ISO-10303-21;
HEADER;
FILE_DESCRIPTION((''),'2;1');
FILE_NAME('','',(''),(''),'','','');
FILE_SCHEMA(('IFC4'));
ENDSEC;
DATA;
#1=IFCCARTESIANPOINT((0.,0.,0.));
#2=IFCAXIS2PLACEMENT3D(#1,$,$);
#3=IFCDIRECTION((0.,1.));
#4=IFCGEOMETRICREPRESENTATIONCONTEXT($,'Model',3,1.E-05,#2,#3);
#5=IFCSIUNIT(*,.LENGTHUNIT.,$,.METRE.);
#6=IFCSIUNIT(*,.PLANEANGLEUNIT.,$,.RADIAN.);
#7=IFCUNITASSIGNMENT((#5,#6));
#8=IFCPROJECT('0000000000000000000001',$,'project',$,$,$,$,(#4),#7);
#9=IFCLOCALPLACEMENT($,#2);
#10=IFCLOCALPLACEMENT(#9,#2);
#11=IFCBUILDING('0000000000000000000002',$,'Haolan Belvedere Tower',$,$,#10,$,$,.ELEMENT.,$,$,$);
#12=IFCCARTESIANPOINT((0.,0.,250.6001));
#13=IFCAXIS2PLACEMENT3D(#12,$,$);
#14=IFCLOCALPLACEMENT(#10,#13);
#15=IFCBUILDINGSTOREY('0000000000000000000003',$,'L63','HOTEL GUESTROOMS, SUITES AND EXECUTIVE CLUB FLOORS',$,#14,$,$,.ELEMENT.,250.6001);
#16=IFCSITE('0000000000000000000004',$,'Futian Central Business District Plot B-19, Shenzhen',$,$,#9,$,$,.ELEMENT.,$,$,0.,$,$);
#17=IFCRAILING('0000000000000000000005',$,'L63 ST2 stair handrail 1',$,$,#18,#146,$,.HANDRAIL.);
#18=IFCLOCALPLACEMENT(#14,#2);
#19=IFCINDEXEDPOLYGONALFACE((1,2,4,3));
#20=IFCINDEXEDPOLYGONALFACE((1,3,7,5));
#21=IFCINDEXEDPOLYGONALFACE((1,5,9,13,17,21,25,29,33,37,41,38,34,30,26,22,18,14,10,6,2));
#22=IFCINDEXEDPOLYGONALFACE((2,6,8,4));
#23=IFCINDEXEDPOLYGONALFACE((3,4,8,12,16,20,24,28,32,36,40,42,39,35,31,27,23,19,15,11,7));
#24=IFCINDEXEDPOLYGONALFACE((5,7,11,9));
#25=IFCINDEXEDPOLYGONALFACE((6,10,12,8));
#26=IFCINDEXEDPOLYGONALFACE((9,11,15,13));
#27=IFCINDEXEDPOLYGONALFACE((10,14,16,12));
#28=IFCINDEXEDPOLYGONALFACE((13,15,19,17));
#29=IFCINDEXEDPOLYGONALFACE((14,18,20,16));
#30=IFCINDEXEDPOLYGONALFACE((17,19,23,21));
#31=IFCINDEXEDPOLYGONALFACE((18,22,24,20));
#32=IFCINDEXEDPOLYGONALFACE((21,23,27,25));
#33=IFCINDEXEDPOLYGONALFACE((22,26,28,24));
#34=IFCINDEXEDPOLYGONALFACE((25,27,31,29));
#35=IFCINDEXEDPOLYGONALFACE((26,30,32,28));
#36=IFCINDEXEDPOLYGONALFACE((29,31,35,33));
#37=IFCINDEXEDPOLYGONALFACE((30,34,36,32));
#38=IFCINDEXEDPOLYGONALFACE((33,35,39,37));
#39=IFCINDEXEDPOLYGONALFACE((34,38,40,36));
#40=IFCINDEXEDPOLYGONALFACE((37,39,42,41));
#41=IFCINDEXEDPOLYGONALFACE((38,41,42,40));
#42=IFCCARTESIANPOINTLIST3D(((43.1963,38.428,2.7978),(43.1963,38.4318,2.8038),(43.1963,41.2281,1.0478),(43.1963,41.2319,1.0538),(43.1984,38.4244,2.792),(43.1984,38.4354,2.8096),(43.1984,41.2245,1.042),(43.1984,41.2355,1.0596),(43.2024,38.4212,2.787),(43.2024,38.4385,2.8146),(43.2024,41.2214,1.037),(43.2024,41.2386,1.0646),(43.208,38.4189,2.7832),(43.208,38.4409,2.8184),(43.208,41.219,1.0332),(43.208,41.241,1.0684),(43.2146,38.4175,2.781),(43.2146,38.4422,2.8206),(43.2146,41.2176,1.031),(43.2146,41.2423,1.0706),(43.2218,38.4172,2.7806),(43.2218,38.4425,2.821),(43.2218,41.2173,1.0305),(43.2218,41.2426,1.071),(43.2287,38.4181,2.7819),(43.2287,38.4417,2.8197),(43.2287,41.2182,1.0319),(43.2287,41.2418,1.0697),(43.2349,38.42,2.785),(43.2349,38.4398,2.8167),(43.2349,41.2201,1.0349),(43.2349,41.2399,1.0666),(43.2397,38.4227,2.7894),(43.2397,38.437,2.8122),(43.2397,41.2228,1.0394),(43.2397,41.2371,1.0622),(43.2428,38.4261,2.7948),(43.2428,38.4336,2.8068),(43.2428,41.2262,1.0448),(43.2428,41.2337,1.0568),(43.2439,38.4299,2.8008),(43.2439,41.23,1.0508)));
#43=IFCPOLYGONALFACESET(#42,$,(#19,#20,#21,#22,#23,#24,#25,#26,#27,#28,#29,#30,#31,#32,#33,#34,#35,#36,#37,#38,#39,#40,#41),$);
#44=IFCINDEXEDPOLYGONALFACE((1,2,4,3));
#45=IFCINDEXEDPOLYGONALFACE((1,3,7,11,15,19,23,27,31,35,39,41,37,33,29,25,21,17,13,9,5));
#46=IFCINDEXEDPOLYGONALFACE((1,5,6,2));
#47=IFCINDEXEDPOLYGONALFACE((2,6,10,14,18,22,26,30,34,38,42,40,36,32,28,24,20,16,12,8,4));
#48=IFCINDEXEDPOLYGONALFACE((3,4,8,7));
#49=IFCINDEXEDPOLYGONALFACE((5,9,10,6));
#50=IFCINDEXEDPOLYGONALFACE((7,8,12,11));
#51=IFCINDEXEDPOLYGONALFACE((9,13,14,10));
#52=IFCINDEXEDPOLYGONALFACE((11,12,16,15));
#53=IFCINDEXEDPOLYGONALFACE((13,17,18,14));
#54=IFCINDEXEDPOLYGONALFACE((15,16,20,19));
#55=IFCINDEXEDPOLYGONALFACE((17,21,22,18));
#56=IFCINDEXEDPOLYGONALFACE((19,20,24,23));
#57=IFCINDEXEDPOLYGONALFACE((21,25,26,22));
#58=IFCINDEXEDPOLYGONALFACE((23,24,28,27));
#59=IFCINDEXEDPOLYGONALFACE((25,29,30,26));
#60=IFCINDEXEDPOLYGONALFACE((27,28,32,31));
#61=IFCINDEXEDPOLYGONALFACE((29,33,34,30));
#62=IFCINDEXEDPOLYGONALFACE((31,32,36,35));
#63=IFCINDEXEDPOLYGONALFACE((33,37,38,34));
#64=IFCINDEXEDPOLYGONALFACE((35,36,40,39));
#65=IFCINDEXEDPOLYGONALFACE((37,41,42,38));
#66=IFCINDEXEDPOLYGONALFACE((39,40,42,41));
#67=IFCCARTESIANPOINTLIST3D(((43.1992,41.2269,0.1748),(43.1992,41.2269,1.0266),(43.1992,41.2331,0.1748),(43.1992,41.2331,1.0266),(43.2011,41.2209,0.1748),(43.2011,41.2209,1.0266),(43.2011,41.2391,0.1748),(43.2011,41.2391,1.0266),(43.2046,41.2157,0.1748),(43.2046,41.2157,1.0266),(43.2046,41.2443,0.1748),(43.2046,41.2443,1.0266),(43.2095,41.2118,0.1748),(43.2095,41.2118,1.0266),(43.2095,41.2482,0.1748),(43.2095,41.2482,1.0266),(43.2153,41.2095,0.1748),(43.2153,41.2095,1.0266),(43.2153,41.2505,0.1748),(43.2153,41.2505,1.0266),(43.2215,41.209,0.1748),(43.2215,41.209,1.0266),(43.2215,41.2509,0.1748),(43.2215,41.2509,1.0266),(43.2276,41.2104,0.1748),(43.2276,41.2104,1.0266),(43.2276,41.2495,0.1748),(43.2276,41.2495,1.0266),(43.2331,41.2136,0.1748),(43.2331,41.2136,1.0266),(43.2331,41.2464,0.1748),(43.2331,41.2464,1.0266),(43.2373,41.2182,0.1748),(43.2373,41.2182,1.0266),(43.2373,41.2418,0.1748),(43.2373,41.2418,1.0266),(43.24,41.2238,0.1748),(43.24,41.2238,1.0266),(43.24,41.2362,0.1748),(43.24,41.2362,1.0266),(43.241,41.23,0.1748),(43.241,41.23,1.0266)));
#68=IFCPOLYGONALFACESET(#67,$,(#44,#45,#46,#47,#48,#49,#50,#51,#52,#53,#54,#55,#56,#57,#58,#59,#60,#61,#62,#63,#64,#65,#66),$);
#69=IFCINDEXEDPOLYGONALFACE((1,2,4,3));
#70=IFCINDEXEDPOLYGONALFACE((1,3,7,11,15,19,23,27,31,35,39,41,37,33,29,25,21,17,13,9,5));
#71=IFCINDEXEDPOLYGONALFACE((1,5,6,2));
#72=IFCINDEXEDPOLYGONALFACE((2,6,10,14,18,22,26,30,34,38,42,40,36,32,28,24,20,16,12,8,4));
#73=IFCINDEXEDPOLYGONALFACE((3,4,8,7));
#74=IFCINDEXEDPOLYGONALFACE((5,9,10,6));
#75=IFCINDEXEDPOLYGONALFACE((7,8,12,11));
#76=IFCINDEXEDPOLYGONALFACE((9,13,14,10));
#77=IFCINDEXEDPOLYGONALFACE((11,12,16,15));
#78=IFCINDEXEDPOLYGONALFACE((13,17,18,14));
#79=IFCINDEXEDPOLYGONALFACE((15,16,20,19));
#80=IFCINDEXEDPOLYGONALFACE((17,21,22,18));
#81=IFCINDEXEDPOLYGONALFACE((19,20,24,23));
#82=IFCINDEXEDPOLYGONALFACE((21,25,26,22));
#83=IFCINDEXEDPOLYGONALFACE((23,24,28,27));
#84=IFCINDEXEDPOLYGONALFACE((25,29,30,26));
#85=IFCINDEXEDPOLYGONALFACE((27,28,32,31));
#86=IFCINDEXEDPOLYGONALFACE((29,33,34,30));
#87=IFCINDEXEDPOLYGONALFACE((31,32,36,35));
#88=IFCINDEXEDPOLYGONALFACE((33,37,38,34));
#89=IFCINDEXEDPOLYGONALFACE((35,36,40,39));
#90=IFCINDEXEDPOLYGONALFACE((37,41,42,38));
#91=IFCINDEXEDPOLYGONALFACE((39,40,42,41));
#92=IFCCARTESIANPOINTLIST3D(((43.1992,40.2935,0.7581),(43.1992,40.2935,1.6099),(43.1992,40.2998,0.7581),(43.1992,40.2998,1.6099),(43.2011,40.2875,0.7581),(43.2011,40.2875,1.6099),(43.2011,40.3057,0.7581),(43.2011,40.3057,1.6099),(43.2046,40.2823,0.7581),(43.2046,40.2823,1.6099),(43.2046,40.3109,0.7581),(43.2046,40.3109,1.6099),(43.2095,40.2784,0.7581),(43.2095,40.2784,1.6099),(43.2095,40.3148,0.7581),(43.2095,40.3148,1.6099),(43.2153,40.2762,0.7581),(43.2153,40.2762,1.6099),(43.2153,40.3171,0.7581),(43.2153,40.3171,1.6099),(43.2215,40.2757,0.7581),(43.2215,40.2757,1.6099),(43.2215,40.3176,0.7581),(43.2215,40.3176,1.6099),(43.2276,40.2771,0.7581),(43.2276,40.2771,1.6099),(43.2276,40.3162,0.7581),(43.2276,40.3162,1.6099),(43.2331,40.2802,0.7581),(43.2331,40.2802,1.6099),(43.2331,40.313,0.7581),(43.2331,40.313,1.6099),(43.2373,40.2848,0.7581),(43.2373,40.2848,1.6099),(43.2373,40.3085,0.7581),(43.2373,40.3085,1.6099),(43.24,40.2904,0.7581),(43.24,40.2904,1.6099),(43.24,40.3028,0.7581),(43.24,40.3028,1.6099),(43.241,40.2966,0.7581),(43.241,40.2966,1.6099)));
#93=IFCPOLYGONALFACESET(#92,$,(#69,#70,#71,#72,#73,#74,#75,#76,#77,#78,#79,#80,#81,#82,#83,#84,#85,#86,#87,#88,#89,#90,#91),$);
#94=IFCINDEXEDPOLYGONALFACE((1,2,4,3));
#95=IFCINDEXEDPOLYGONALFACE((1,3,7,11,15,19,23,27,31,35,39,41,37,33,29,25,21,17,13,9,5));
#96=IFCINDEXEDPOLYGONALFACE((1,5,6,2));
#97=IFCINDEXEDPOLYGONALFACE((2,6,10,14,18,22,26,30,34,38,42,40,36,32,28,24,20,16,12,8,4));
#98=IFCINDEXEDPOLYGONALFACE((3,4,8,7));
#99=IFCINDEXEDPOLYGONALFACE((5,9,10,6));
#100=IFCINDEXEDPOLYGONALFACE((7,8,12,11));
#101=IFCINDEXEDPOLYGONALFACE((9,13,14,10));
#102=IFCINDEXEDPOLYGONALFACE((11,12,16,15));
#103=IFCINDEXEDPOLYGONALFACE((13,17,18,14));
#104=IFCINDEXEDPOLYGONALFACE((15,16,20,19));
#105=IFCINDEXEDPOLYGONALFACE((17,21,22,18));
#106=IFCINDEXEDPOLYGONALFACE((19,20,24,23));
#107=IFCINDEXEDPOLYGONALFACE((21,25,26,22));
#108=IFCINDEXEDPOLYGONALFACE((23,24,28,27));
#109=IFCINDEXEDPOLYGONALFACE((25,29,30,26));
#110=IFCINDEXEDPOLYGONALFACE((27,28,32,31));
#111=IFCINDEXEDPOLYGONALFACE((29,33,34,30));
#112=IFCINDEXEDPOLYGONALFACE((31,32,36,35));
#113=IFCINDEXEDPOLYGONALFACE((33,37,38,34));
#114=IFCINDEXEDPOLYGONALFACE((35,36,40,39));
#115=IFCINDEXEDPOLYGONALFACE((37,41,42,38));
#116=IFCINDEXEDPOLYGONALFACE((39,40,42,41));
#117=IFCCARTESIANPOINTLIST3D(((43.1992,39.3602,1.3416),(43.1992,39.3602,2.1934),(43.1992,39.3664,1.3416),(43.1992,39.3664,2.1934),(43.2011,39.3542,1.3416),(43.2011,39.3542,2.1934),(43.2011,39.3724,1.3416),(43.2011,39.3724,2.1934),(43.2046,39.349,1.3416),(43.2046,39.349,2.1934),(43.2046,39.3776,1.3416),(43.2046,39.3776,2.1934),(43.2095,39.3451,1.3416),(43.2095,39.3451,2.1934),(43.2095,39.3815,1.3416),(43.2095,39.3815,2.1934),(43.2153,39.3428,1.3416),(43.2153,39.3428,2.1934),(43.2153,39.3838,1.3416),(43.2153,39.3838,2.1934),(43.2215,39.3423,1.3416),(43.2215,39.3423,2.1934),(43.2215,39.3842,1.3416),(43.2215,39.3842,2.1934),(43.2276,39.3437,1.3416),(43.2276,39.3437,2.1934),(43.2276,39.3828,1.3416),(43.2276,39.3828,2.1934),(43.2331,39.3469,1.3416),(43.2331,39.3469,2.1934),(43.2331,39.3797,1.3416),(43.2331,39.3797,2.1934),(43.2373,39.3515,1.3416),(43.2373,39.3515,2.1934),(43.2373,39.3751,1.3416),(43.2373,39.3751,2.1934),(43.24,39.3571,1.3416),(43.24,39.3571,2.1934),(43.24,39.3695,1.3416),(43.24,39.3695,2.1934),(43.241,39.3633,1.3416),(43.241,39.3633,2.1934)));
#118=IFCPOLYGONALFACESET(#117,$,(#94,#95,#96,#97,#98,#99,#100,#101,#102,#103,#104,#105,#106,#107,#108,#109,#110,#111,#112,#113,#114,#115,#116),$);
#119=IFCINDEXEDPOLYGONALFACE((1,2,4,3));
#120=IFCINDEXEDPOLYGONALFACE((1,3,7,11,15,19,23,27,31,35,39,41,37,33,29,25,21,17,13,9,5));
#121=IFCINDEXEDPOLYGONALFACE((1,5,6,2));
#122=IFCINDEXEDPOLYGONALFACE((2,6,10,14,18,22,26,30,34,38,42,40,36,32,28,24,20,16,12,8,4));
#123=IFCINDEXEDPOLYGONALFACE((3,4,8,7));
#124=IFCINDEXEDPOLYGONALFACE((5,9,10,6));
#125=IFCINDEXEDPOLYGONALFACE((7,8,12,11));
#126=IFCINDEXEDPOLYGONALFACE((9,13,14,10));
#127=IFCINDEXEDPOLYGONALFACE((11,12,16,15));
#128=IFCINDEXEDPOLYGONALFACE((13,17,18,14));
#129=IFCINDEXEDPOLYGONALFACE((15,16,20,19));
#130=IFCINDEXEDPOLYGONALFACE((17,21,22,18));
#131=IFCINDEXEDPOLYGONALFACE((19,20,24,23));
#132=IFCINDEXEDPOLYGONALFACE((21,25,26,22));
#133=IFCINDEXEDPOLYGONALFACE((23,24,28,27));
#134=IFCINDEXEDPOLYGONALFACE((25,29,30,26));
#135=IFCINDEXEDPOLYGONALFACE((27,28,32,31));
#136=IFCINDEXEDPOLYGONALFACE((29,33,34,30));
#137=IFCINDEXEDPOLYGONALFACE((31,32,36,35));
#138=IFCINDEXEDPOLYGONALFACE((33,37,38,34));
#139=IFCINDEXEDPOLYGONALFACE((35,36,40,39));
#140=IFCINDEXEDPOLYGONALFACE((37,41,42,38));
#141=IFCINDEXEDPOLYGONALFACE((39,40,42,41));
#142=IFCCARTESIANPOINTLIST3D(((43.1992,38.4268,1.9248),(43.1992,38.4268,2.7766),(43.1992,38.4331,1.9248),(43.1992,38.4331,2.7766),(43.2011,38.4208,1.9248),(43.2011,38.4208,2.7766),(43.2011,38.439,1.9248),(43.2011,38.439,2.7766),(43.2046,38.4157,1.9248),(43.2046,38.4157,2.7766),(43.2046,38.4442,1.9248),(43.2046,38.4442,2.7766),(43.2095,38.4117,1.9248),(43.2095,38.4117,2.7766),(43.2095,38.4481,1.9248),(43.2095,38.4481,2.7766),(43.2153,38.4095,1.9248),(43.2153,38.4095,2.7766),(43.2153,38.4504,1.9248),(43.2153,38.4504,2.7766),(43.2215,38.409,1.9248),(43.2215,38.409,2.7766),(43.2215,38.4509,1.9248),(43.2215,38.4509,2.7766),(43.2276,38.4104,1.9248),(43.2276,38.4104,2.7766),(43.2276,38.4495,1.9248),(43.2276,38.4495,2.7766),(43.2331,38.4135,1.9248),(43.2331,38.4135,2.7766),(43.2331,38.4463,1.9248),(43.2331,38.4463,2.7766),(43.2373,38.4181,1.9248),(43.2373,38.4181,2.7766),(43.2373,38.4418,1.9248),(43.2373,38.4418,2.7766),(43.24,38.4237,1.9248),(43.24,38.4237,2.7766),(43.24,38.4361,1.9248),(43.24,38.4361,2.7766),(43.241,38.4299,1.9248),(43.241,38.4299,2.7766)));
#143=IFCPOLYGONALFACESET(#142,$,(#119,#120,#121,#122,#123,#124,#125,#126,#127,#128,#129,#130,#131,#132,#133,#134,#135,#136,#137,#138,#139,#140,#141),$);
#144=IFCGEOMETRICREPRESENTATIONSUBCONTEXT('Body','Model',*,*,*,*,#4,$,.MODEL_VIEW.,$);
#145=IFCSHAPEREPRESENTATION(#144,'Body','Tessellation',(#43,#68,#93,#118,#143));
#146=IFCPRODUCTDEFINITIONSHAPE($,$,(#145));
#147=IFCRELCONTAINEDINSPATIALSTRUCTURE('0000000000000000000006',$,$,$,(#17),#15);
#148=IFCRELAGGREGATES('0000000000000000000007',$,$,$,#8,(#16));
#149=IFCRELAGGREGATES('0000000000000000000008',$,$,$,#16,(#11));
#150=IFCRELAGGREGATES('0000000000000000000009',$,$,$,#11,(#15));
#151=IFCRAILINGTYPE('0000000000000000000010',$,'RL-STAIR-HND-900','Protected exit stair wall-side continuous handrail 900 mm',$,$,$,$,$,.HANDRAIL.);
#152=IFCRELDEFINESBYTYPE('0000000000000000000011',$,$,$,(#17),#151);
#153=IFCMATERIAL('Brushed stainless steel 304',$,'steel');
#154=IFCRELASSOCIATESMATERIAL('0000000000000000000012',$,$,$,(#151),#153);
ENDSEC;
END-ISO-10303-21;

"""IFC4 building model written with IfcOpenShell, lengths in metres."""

from ifc_helpers import new_model, si_unit, direction, frame, origin, origin_2d, place, context, subcontext, project, spatial, circle, extrude, material, type_object, element, save


model = new_model("IFC4")

# Units and contexts
model_context = context("Model", 3, precision=1e-05, world=origin(), true_north=direction((0.0, 1.0)))
body_context = subcontext(model_context, "Body", "Model", "MODEL_VIEW")
ifc_project = project(units=[si_unit("LENGTHUNIT", "METRE"), si_unit("PLANEANGLEUNIT", "RADIAN")], contexts=[model_context])

# Site, building, storey
site_placement = place(None, origin())
site = spatial("IfcSite", under=ifc_project, at=site_placement, Name="Futian Central Business District Plot B-19, Shenzhen", CompositionType="ELEMENT", RefElevation=0.0)
building_placement = place(site_placement, origin())
building = spatial("IfcBuilding", under=site, at=building_placement, Name="Haolan Belvedere Tower", CompositionType="ELEMENT")
storey_placement = place(building_placement, frame((0.0, 0.0, 250.6001)))
storey = spatial("IfcBuildingStorey", under=building, at=storey_placement, Name="L63", Description="HOTEL GUESTROOMS, SUITES AND EXECUTIVE CLUB FLOORS", CompositionType="ELEMENT", Elevation=250.6001)

# Railing
ifc_material_1 = material(Name="Brushed stainless steel 304", Category="steel")
railing_type_1 = type_object("IfcRailingType", Name="RL-STAIR-HND-900", Description="Protected exit stair wall-side continuous handrail 900 mm", PredefinedType="HANDRAIL", material=ifc_material_1)
for number, where, name in (
    (1, (43.22, 41.23, 0.1748), "L63 ST2 stair handrail 1"),
):
    element("IfcRailing", number, at=place(storey_placement, frame(where)), inside=storey, type_object=railing_type_1, Name=name, PredefinedType="HANDRAIL", context=body_context, shape_type="SweptSolid", body=[
        extrude(circle(Radius=0.0239, at=origin_2d()), frame((0.0, 0.0, 0.876), z_axis=(0.0, -0.848002, 0.529992), x_axis=(1.0, 0.0, 0.0)), (0.0, 0.0, 1.0), 3.302),
        extrude(circle(Radius=0.021, at=origin_2d()), origin(), (0.0, 0.0, 1.0), 0.8518),
        extrude(circle(Radius=0.021, at=origin_2d()), frame((0.0, -0.9333, 0.5833)), (0.0, 0.0, 1.0), 0.8518),
        extrude(circle(Radius=0.021, at=origin_2d()), frame((0.0, -1.8667, 1.1667)), (0.0, 0.0, 1.0), 0.8518),
        extrude(circle(Radius=0.021, at=origin_2d()), frame((0.0, -2.8, 1.75)), (0.0, 0.0, 1.0), 0.8518),
    ])

save(model, "model.ifc")
